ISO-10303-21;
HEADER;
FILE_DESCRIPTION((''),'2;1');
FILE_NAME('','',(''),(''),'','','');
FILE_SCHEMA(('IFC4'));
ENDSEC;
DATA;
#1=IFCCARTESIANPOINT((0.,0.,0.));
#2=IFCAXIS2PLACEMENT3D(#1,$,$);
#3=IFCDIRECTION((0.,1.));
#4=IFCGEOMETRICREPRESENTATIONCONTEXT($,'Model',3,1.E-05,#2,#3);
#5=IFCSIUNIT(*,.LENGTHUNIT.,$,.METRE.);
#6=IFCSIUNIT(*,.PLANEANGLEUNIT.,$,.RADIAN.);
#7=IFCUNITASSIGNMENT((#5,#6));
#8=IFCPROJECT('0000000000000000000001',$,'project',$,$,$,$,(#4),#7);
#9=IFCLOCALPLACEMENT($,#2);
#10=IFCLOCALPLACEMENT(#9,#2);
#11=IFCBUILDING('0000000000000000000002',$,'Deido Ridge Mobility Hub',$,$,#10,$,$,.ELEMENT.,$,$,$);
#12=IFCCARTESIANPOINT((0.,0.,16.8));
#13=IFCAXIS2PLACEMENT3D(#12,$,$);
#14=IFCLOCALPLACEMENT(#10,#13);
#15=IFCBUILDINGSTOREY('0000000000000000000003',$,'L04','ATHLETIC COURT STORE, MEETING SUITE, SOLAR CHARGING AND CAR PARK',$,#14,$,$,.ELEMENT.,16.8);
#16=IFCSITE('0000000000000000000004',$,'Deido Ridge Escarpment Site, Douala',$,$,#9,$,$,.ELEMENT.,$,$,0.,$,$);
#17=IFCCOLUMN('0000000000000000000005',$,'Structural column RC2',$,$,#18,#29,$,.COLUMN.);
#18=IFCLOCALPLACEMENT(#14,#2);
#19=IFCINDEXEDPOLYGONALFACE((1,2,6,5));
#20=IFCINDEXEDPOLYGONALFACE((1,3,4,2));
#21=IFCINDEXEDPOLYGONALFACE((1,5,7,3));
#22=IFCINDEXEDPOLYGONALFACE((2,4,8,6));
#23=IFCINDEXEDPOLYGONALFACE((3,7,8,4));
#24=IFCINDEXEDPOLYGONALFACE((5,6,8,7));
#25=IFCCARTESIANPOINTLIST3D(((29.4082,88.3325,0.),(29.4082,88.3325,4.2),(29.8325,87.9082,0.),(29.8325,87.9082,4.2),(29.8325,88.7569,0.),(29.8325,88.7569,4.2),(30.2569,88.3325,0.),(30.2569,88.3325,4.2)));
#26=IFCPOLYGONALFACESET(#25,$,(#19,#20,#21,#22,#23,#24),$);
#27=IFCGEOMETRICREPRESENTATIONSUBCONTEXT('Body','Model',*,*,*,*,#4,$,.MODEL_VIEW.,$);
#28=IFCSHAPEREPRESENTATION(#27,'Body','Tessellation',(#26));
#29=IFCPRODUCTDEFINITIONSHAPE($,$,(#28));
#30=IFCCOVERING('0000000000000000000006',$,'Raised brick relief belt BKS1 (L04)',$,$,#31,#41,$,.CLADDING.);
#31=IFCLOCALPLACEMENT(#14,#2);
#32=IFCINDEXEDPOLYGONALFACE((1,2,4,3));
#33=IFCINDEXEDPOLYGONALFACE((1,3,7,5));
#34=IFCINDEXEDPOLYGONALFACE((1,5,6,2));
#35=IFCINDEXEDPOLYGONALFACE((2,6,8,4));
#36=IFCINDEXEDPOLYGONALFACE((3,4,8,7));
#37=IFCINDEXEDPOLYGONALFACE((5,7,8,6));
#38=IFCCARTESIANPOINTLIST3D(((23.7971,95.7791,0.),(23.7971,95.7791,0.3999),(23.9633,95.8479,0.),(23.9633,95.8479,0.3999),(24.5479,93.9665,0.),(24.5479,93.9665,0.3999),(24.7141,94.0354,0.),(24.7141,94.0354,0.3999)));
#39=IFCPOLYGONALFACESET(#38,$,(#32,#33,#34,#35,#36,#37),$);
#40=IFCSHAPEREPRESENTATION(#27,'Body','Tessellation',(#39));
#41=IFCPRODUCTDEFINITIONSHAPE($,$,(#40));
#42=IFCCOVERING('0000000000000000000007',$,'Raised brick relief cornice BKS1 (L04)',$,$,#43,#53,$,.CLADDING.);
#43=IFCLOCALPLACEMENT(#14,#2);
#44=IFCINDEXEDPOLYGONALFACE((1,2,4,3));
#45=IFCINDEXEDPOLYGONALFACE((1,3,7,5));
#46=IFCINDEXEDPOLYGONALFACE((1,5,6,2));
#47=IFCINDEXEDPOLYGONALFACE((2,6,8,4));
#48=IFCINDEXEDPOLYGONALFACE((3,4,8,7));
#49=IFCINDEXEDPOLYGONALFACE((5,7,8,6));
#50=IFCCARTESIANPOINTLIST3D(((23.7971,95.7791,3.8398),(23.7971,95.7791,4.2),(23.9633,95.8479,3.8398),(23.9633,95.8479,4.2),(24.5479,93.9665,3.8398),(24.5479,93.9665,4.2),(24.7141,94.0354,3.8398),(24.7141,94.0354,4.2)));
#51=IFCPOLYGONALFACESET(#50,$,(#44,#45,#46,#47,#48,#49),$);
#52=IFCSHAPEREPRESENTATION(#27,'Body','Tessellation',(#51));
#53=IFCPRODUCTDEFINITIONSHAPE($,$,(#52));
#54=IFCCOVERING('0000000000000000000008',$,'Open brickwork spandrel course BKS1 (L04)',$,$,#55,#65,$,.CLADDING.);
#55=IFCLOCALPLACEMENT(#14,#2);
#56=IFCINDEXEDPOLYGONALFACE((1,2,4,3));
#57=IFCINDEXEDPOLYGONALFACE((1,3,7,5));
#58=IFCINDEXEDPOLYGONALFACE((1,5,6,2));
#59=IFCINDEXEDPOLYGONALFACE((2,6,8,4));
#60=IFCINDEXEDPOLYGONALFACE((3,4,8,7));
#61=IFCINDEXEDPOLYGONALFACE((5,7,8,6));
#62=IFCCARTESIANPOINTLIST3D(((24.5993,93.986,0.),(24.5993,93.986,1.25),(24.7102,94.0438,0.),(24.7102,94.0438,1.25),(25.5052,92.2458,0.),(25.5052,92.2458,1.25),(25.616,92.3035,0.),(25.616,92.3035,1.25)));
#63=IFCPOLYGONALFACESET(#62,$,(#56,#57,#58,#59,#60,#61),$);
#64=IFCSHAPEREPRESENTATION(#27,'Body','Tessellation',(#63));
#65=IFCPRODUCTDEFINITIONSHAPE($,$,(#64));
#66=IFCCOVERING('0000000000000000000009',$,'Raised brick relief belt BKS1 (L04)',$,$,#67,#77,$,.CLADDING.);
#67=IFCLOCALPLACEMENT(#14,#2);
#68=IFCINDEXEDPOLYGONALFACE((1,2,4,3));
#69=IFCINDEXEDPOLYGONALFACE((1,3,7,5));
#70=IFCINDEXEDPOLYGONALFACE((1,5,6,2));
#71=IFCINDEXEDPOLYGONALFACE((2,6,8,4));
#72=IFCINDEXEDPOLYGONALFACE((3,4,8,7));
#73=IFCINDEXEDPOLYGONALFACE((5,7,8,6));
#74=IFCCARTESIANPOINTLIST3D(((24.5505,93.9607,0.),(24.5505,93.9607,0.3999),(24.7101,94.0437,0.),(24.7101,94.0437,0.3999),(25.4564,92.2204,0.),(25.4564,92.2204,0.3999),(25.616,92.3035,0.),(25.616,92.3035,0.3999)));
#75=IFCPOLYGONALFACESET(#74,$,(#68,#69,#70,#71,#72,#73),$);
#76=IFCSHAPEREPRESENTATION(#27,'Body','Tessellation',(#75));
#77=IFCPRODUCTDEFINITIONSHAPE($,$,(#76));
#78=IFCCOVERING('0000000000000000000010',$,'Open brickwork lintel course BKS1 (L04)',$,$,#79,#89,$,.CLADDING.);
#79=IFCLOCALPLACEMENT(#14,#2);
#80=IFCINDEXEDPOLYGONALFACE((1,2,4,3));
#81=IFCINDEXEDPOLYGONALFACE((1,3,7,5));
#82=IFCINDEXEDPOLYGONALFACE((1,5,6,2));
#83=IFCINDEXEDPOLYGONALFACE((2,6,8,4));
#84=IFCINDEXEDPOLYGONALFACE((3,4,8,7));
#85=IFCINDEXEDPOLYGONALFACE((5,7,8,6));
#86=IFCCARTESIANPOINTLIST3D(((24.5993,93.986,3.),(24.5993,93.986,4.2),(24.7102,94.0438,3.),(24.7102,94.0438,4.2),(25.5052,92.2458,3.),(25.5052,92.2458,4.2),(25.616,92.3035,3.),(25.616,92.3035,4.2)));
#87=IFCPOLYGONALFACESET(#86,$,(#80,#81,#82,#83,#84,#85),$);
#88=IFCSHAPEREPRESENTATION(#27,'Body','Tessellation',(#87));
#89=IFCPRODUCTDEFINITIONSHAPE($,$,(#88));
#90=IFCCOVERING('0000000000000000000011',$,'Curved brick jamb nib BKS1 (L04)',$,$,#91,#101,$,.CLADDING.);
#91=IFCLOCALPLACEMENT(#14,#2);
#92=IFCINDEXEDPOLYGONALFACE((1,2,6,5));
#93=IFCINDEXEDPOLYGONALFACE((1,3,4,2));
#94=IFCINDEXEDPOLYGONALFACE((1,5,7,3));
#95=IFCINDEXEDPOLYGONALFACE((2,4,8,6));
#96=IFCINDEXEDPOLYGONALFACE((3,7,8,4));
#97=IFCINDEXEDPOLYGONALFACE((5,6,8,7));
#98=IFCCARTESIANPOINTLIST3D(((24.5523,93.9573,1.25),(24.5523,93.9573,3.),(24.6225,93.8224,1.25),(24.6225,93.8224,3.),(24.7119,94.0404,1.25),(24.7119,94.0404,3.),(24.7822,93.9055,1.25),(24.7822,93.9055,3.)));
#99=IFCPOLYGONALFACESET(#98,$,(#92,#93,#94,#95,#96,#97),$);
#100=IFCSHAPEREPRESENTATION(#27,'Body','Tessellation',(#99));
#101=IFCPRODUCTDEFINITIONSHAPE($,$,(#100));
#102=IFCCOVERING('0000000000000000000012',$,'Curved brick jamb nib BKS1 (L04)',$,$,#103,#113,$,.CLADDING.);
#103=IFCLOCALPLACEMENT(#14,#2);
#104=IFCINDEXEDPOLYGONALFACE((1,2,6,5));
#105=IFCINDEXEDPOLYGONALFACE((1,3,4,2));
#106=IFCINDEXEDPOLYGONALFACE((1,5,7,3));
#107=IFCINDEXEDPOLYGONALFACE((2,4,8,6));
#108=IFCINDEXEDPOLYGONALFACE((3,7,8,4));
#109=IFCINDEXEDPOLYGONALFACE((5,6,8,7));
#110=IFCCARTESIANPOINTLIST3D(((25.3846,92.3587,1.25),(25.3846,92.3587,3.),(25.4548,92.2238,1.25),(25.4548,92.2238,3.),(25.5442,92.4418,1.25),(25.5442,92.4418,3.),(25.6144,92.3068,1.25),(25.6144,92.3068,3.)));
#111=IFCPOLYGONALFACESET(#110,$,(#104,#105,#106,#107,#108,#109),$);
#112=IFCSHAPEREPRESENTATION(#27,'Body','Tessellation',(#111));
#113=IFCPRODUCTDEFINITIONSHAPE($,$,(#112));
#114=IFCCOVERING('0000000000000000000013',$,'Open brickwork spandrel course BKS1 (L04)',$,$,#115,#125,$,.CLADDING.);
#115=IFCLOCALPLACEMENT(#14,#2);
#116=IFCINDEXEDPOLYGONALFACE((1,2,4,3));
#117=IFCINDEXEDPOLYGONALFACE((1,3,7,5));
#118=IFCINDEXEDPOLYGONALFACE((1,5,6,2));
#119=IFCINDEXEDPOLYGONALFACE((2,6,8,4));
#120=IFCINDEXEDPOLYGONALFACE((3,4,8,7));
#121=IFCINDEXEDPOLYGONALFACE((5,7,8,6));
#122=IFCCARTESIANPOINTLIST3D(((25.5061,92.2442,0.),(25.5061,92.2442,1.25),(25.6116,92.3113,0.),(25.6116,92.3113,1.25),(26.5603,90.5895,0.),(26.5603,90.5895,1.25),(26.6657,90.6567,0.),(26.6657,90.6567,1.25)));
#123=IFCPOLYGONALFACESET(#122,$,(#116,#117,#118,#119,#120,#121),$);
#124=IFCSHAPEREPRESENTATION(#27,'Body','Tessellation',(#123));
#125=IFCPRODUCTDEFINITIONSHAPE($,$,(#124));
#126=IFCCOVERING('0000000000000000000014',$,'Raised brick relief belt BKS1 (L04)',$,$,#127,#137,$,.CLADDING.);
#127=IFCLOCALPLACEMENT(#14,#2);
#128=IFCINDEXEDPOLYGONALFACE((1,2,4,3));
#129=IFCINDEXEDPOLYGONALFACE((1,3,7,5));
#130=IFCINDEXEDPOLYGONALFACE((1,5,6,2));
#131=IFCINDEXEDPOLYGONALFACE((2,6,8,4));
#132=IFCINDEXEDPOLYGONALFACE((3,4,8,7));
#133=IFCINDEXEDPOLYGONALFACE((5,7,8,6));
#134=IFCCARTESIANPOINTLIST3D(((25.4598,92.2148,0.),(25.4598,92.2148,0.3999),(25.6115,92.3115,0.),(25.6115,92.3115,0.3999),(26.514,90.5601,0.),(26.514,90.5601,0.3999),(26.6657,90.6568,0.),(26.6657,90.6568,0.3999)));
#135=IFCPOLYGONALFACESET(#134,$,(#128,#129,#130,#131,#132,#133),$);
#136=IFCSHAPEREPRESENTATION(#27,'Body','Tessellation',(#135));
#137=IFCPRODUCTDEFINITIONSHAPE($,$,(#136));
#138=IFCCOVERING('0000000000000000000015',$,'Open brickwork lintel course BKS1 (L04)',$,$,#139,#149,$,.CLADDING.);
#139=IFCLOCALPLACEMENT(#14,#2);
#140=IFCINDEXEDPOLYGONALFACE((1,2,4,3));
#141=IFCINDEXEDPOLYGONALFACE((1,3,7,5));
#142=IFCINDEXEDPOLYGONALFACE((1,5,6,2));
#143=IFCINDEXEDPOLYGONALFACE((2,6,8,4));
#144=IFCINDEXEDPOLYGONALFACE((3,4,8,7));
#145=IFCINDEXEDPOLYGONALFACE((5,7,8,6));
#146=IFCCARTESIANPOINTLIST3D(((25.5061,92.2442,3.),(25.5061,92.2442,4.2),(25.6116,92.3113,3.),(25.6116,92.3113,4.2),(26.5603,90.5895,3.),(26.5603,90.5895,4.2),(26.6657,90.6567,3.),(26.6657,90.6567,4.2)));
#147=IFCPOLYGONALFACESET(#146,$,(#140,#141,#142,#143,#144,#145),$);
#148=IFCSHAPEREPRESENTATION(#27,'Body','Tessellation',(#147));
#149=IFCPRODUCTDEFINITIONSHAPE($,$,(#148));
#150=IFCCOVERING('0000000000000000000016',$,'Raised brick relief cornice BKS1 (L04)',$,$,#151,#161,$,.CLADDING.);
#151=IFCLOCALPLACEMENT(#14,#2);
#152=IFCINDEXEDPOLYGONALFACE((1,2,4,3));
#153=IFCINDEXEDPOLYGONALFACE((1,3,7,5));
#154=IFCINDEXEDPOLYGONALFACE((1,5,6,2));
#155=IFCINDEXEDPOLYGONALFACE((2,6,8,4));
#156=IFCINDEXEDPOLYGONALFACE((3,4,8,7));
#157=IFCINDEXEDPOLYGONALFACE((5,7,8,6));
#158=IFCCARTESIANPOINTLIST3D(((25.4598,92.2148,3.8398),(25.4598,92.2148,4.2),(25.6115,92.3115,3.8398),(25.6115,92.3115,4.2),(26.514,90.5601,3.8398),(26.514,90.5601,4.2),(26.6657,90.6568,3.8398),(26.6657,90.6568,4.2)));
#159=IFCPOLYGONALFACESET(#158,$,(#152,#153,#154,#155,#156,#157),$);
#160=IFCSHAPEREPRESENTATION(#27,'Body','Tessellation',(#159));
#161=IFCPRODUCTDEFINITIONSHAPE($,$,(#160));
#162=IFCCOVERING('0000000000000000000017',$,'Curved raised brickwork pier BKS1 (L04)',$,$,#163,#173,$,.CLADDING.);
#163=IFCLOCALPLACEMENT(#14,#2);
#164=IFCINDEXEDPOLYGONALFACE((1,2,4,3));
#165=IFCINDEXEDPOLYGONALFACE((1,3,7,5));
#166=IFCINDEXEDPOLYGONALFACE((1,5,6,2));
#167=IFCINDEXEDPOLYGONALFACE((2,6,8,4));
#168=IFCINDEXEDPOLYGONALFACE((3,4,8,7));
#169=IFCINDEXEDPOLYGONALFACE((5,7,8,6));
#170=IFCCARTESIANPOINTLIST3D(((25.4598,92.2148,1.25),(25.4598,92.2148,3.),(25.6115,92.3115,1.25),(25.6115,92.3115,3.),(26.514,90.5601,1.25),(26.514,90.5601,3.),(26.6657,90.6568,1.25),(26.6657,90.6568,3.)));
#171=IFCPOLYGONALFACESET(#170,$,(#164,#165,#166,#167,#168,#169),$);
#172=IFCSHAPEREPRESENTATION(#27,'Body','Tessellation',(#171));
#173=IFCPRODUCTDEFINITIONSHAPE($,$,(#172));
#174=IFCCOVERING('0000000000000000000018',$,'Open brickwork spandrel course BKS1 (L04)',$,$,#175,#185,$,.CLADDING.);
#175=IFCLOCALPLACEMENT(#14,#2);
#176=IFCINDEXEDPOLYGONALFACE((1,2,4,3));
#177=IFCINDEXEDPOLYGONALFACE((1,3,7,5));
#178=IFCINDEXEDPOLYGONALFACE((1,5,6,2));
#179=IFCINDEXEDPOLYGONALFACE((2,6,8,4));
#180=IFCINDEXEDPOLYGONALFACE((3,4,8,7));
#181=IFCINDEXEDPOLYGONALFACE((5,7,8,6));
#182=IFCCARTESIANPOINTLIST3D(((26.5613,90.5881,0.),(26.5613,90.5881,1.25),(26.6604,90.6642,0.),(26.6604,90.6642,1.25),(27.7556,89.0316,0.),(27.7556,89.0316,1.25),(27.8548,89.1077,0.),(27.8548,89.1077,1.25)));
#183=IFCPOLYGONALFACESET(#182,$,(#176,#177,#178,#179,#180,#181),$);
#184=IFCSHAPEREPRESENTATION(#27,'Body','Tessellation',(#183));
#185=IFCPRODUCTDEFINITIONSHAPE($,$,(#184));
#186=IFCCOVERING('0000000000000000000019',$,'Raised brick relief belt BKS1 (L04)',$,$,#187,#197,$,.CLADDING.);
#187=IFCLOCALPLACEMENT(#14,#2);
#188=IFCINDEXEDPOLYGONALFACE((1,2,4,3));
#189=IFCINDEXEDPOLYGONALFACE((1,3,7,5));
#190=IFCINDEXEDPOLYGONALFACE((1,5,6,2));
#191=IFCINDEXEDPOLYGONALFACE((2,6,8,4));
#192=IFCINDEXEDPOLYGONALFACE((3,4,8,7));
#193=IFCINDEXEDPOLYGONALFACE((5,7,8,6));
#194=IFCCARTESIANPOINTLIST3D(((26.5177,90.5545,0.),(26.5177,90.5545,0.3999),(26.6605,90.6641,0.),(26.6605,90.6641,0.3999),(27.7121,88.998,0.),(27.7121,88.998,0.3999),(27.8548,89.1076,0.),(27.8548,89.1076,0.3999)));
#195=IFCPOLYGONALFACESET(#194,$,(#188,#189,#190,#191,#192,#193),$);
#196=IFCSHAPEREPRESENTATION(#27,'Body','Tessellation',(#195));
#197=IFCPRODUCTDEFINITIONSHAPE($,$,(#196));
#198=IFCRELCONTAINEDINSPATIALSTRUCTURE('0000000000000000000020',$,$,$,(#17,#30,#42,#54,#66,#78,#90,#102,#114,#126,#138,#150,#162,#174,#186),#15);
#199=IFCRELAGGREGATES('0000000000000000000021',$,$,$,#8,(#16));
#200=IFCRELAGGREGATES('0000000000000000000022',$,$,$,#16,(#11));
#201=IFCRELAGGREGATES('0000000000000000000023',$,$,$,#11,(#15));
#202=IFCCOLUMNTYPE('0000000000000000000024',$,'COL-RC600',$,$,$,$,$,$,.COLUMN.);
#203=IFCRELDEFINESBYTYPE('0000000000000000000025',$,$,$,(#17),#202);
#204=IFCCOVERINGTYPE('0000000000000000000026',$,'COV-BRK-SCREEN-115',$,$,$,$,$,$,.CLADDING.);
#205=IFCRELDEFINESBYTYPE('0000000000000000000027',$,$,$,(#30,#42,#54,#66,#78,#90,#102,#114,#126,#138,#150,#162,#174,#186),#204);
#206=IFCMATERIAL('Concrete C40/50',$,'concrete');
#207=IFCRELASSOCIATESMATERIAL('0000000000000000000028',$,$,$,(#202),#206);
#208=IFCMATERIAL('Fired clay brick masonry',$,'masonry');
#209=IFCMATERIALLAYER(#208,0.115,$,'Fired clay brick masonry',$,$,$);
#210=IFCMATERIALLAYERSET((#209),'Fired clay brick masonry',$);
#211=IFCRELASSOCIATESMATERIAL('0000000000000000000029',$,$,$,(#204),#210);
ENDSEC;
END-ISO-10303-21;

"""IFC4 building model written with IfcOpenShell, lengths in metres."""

from ifc_helpers import new_model, si_unit, direction, frame, origin, origin_2d, place, context, subcontext, project, spatial, rectangle, extrude, material, layer, layer_set, material_profile, profile_set, type_object, element, save


model = new_model("IFC4")

# Units and contexts
model_context = context("Model", 3, precision=1e-05, world=origin(), true_north=direction((0.0, 1.0)))
body_context = subcontext(model_context, "Body", "Model", "MODEL_VIEW")
ifc_project = project(units=[si_unit("LENGTHUNIT", "METRE"), si_unit("PLANEANGLEUNIT", "RADIAN")], contexts=[model_context])

# Site, building, storey
site_placement = place(None, origin())
site = spatial("IfcSite", under=ifc_project, at=site_placement, Name="Deido Ridge Escarpment Site, Douala", CompositionType="ELEMENT", RefElevation=0.0)
building_placement = place(site_placement, origin())
building = spatial("IfcBuilding", under=site, at=building_placement, Name="Deido Ridge Mobility Hub", CompositionType="ELEMENT")
storey_placement = place(building_placement, frame((0.0, 0.0, 16.8)))
storey = spatial("IfcBuildingStorey", under=building, at=storey_placement, Name="L04", Description="ATHLETIC COURT STORE, MEETING SUITE, SOLAR CHARGING AND CAR PARK", CompositionType="ELEMENT", Elevation=16.8)

# Column
ifc_material_1 = material(Name="Concrete C40/50", Category="concrete")
ifc_material_profile = material_profile(ifc_material_1, rectangle(XDim=0.6001, YDim=0.6001, at=origin_2d()), Name="RC COL 600x600")
ifc_profile_set = profile_set([ifc_material_profile], Name="Concrete C40/50")
column_type = type_object("IfcColumnType", Name="COL-RC600", PredefinedType="COLUMN", material=ifc_profile_set)
column_placement = place(storey_placement, frame((29.8325, 88.3325, 0.0), z_axis=(0.0, 0.0, 1.0), x_axis=(-0.707107, -0.707107, 0.0)))
element("IfcColumn", 1, at=column_placement, inside=storey, type_object=column_type, Name="Structural column RC2", PredefinedType="COLUMN", context=body_context, shape_type="SweptSolid", body=[
    extrude(rectangle(XDim=0.6001, YDim=0.6001, at=origin_2d()), origin(), (0.0, 0.0, 1.0), 4.2),
])

# Coverings
ifc_material_2 = material(Name="Fired clay brick masonry", Category="masonry")
ifc_layer = layer(ifc_material_2, 0.115, Name="Fired clay brick masonry")
ifc_layer_set = layer_set([ifc_layer], Name="Fired clay brick masonry")
covering_type = type_object("IfcCoveringType", Name="COV-BRK-SCREEN-115", PredefinedType="CLADDING", material=ifc_layer_set)
covering_1_placement = place(storey_placement, frame((24.2556, 94.9072, 0.0), z_axis=(0.0, 0.0, 1.0), x_axis=(0.3827, -0.923873, 0.0)))
element("IfcCovering", 2, at=covering_1_placement, inside=storey, type_object=covering_type, Name="Raised brick relief belt BKS1 (L04)", PredefinedType="CLADDING", context=body_context, shape_type="SweptSolid", body=[
    extrude(rectangle(XDim=1.9619, YDim=0.1799, at=origin_2d()), origin(), (0.0, 0.0, 1.0), 0.3999),
])
covering_2_placement = place(storey_placement, frame((24.2556, 94.9072, 3.8398), z_axis=(0.0, 0.0, 1.0), x_axis=(0.3827, -0.923873, 0.0)))
element("IfcCovering", 3, at=covering_2_placement, inside=storey, type_object=covering_type, Name="Raised brick relief cornice BKS1 (L04)", PredefinedType="CLADDING", context=body_context, shape_type="SweptSolid", body=[
    extrude(rectangle(XDim=1.9619, YDim=0.1799, at=origin_2d()), origin(), (0.0, 0.0, 1.0), 0.3601),
])
covering_3_placement = place(storey_placement, frame((25.1077, 93.1448, 0.0), z_axis=(0.0, 0.0, 1.0), x_axis=(0.461733, -0.887019, 0.0)))
element("IfcCovering", 4, at=covering_3_placement, inside=storey, type_object=covering_type, Name="Open brickwork spandrel course BKS1 (L04)", PredefinedType="CLADDING", context=body_context, shape_type="SweptSolid", body=[
    extrude(rectangle(XDim=1.9619, YDim=0.125, at=origin_2d()), origin(), (0.0, 0.0, 1.0), 1.25),
])
covering_4_placement = place(storey_placement, frame((25.0833, 93.1321, 0.0), z_axis=(0.0, 0.0, 1.0), x_axis=(0.461733, -0.887019, 0.0)))
element("IfcCovering", 5, at=covering_4_placement, inside=storey, type_object=covering_type, Name="Raised brick relief belt BKS1 (L04)", PredefinedType="CLADDING", context=body_context, shape_type="SweptSolid", body=[
    extrude(rectangle(XDim=1.9619, YDim=0.1799, at=origin_2d()), origin(), (0.0, 0.0, 1.0), 0.3999),
])
covering_5_placement = place(storey_placement, frame((25.1077, 93.1448, 3.0), z_axis=(0.0, 0.0, 1.0), x_axis=(0.461733, -0.887019, 0.0)))
element("IfcCovering", 6, at=covering_5_placement, inside=storey, type_object=covering_type, Name="Open brickwork lintel course BKS1 (L04)", PredefinedType="CLADDING", context=body_context, shape_type="SweptSolid", body=[
    extrude(rectangle(XDim=1.9619, YDim=0.125, at=origin_2d()), origin(), (0.0, 0.0, 1.0), 1.2),
])
for number, where, z_axis, x_axis, name in (
    (7, (24.6672, 93.9314, 1.25), (0.0, 0.0, 1.0), (0.461733, -0.887019, 0.0), "Curved brick jamb nib BKS1 (L04)"),
    (8, (25.4995, 92.3328, 1.25), (0.0, 0.0, 1.0), (0.461733, -0.887019, 0.0), "Curved brick jamb nib BKS1 (L04)"),
):
    element("IfcCovering", number, at=place(storey_placement, frame(where, z_axis=z_axis, x_axis=x_axis)), inside=storey, type_object=covering_type, Name=name, PredefinedType="CLADDING", context=body_context, shape_type="SweptSolid", body=[
        extrude(rectangle(XDim=0.1521, YDim=0.1799, at=origin_2d()), origin(), (0.0, 0.0, 1.0), 1.75),
    ])
covering_6_placement = place(storey_placement, frame((26.0859, 91.4504, 0.0), z_axis=(0.0, 0.0, 1.0), x_axis=(0.537314, -0.843382, 0.0)))
element("IfcCovering", 9, at=covering_6_placement, inside=storey, type_object=covering_type, Name="Open brickwork spandrel course BKS1 (L04)", PredefinedType="CLADDING", context=body_context, shape_type="SweptSolid", body=[
    extrude(rectangle(XDim=1.9619, YDim=0.125, at=origin_2d()), origin(), (0.0, 0.0, 1.0), 1.25),
])
covering_7_placement = place(storey_placement, frame((26.0627, 91.4358, 0.0), z_axis=(0.0, 0.0, 1.0), x_axis=(0.537314, -0.843382, 0.0)))
element("IfcCovering", 10, at=covering_7_placement, inside=storey, type_object=covering_type, Name="Raised brick relief belt BKS1 (L04)", PredefinedType="CLADDING", context=body_context, shape_type="SweptSolid", body=[
    extrude(rectangle(XDim=1.9619, YDim=0.1799, at=origin_2d()), origin(), (0.0, 0.0, 1.0), 0.3999),
])
covering_8_placement = place(storey_placement, frame((26.0859, 91.4504, 3.0), z_axis=(0.0, 0.0, 1.0), x_axis=(0.537314, -0.843382, 0.0)))
element("IfcCovering", 11, at=covering_8_placement, inside=storey, type_object=covering_type, Name="Open brickwork lintel course BKS1 (L04)", PredefinedType="CLADDING", context=body_context, shape_type="SweptSolid", body=[
    extrude(rectangle(XDim=1.9619, YDim=0.125, at=origin_2d()), origin(), (0.0, 0.0, 1.0), 1.2),
])
covering_9_placement = place(storey_placement, frame((26.0627, 91.4358, 3.8398), z_axis=(0.0, 0.0, 1.0), x_axis=(0.537314, -0.843382, 0.0)))
element("IfcCovering", 12, at=covering_9_placement, inside=storey, type_object=covering_type, Name="Raised brick relief cornice BKS1 (L04)", PredefinedType="CLADDING", context=body_context, shape_type="SweptSolid", body=[
    extrude(rectangle(XDim=1.9619, YDim=0.1799, at=origin_2d()), origin(), (0.0, 0.0, 1.0), 0.3601),
])
covering_10_placement = place(storey_placement, frame((26.0627, 91.4358, 1.25), z_axis=(0.0, 0.0, 1.0), x_axis=(0.537314, -0.843382, 0.0)))
element("IfcCovering", 13, at=covering_10_placement, inside=storey, type_object=covering_type, Name="Curved raised brickwork pier BKS1 (L04)", PredefinedType="CLADDING", context=body_context, shape_type="SweptSolid", body=[
    extrude(rectangle(XDim=1.9619, YDim=0.1799, at=origin_2d()), origin(), (0.0, 0.0, 1.0), 1.75),
])
covering_11_placement = place(storey_placement, frame((27.208, 89.8479, 0.0), z_axis=(0.0, 0.0, 1.0), x_axis=(0.608761, -0.793353, 0.0)))
element("IfcCovering", 14, at=covering_11_placement, inside=storey, type_object=covering_type, Name="Open brickwork spandrel course BKS1 (L04)", PredefinedType="CLADDING", context=body_context, shape_type="SweptSolid", body=[
    extrude(rectangle(XDim=1.9619, YDim=0.125, at=origin_2d()), origin(), (0.0, 0.0, 1.0), 1.25),
])
covering_12_placement = place(storey_placement, frame((27.1863, 89.8311, 0.0), z_axis=(0.0, 0.0, 1.0), x_axis=(0.608761, -0.793353, 0.0)))
element("IfcCovering", 15, at=covering_12_placement, inside=storey, type_object=covering_type, Name="Raised brick relief belt BKS1 (L04)", PredefinedType="CLADDING", context=body_context, shape_type="SweptSolid", body=[
    extrude(rectangle(XDim=1.9619, YDim=0.1799, at=origin_2d()), origin(), (0.0, 0.0, 1.0), 0.3999),
])

save(model, "model.ifc")
